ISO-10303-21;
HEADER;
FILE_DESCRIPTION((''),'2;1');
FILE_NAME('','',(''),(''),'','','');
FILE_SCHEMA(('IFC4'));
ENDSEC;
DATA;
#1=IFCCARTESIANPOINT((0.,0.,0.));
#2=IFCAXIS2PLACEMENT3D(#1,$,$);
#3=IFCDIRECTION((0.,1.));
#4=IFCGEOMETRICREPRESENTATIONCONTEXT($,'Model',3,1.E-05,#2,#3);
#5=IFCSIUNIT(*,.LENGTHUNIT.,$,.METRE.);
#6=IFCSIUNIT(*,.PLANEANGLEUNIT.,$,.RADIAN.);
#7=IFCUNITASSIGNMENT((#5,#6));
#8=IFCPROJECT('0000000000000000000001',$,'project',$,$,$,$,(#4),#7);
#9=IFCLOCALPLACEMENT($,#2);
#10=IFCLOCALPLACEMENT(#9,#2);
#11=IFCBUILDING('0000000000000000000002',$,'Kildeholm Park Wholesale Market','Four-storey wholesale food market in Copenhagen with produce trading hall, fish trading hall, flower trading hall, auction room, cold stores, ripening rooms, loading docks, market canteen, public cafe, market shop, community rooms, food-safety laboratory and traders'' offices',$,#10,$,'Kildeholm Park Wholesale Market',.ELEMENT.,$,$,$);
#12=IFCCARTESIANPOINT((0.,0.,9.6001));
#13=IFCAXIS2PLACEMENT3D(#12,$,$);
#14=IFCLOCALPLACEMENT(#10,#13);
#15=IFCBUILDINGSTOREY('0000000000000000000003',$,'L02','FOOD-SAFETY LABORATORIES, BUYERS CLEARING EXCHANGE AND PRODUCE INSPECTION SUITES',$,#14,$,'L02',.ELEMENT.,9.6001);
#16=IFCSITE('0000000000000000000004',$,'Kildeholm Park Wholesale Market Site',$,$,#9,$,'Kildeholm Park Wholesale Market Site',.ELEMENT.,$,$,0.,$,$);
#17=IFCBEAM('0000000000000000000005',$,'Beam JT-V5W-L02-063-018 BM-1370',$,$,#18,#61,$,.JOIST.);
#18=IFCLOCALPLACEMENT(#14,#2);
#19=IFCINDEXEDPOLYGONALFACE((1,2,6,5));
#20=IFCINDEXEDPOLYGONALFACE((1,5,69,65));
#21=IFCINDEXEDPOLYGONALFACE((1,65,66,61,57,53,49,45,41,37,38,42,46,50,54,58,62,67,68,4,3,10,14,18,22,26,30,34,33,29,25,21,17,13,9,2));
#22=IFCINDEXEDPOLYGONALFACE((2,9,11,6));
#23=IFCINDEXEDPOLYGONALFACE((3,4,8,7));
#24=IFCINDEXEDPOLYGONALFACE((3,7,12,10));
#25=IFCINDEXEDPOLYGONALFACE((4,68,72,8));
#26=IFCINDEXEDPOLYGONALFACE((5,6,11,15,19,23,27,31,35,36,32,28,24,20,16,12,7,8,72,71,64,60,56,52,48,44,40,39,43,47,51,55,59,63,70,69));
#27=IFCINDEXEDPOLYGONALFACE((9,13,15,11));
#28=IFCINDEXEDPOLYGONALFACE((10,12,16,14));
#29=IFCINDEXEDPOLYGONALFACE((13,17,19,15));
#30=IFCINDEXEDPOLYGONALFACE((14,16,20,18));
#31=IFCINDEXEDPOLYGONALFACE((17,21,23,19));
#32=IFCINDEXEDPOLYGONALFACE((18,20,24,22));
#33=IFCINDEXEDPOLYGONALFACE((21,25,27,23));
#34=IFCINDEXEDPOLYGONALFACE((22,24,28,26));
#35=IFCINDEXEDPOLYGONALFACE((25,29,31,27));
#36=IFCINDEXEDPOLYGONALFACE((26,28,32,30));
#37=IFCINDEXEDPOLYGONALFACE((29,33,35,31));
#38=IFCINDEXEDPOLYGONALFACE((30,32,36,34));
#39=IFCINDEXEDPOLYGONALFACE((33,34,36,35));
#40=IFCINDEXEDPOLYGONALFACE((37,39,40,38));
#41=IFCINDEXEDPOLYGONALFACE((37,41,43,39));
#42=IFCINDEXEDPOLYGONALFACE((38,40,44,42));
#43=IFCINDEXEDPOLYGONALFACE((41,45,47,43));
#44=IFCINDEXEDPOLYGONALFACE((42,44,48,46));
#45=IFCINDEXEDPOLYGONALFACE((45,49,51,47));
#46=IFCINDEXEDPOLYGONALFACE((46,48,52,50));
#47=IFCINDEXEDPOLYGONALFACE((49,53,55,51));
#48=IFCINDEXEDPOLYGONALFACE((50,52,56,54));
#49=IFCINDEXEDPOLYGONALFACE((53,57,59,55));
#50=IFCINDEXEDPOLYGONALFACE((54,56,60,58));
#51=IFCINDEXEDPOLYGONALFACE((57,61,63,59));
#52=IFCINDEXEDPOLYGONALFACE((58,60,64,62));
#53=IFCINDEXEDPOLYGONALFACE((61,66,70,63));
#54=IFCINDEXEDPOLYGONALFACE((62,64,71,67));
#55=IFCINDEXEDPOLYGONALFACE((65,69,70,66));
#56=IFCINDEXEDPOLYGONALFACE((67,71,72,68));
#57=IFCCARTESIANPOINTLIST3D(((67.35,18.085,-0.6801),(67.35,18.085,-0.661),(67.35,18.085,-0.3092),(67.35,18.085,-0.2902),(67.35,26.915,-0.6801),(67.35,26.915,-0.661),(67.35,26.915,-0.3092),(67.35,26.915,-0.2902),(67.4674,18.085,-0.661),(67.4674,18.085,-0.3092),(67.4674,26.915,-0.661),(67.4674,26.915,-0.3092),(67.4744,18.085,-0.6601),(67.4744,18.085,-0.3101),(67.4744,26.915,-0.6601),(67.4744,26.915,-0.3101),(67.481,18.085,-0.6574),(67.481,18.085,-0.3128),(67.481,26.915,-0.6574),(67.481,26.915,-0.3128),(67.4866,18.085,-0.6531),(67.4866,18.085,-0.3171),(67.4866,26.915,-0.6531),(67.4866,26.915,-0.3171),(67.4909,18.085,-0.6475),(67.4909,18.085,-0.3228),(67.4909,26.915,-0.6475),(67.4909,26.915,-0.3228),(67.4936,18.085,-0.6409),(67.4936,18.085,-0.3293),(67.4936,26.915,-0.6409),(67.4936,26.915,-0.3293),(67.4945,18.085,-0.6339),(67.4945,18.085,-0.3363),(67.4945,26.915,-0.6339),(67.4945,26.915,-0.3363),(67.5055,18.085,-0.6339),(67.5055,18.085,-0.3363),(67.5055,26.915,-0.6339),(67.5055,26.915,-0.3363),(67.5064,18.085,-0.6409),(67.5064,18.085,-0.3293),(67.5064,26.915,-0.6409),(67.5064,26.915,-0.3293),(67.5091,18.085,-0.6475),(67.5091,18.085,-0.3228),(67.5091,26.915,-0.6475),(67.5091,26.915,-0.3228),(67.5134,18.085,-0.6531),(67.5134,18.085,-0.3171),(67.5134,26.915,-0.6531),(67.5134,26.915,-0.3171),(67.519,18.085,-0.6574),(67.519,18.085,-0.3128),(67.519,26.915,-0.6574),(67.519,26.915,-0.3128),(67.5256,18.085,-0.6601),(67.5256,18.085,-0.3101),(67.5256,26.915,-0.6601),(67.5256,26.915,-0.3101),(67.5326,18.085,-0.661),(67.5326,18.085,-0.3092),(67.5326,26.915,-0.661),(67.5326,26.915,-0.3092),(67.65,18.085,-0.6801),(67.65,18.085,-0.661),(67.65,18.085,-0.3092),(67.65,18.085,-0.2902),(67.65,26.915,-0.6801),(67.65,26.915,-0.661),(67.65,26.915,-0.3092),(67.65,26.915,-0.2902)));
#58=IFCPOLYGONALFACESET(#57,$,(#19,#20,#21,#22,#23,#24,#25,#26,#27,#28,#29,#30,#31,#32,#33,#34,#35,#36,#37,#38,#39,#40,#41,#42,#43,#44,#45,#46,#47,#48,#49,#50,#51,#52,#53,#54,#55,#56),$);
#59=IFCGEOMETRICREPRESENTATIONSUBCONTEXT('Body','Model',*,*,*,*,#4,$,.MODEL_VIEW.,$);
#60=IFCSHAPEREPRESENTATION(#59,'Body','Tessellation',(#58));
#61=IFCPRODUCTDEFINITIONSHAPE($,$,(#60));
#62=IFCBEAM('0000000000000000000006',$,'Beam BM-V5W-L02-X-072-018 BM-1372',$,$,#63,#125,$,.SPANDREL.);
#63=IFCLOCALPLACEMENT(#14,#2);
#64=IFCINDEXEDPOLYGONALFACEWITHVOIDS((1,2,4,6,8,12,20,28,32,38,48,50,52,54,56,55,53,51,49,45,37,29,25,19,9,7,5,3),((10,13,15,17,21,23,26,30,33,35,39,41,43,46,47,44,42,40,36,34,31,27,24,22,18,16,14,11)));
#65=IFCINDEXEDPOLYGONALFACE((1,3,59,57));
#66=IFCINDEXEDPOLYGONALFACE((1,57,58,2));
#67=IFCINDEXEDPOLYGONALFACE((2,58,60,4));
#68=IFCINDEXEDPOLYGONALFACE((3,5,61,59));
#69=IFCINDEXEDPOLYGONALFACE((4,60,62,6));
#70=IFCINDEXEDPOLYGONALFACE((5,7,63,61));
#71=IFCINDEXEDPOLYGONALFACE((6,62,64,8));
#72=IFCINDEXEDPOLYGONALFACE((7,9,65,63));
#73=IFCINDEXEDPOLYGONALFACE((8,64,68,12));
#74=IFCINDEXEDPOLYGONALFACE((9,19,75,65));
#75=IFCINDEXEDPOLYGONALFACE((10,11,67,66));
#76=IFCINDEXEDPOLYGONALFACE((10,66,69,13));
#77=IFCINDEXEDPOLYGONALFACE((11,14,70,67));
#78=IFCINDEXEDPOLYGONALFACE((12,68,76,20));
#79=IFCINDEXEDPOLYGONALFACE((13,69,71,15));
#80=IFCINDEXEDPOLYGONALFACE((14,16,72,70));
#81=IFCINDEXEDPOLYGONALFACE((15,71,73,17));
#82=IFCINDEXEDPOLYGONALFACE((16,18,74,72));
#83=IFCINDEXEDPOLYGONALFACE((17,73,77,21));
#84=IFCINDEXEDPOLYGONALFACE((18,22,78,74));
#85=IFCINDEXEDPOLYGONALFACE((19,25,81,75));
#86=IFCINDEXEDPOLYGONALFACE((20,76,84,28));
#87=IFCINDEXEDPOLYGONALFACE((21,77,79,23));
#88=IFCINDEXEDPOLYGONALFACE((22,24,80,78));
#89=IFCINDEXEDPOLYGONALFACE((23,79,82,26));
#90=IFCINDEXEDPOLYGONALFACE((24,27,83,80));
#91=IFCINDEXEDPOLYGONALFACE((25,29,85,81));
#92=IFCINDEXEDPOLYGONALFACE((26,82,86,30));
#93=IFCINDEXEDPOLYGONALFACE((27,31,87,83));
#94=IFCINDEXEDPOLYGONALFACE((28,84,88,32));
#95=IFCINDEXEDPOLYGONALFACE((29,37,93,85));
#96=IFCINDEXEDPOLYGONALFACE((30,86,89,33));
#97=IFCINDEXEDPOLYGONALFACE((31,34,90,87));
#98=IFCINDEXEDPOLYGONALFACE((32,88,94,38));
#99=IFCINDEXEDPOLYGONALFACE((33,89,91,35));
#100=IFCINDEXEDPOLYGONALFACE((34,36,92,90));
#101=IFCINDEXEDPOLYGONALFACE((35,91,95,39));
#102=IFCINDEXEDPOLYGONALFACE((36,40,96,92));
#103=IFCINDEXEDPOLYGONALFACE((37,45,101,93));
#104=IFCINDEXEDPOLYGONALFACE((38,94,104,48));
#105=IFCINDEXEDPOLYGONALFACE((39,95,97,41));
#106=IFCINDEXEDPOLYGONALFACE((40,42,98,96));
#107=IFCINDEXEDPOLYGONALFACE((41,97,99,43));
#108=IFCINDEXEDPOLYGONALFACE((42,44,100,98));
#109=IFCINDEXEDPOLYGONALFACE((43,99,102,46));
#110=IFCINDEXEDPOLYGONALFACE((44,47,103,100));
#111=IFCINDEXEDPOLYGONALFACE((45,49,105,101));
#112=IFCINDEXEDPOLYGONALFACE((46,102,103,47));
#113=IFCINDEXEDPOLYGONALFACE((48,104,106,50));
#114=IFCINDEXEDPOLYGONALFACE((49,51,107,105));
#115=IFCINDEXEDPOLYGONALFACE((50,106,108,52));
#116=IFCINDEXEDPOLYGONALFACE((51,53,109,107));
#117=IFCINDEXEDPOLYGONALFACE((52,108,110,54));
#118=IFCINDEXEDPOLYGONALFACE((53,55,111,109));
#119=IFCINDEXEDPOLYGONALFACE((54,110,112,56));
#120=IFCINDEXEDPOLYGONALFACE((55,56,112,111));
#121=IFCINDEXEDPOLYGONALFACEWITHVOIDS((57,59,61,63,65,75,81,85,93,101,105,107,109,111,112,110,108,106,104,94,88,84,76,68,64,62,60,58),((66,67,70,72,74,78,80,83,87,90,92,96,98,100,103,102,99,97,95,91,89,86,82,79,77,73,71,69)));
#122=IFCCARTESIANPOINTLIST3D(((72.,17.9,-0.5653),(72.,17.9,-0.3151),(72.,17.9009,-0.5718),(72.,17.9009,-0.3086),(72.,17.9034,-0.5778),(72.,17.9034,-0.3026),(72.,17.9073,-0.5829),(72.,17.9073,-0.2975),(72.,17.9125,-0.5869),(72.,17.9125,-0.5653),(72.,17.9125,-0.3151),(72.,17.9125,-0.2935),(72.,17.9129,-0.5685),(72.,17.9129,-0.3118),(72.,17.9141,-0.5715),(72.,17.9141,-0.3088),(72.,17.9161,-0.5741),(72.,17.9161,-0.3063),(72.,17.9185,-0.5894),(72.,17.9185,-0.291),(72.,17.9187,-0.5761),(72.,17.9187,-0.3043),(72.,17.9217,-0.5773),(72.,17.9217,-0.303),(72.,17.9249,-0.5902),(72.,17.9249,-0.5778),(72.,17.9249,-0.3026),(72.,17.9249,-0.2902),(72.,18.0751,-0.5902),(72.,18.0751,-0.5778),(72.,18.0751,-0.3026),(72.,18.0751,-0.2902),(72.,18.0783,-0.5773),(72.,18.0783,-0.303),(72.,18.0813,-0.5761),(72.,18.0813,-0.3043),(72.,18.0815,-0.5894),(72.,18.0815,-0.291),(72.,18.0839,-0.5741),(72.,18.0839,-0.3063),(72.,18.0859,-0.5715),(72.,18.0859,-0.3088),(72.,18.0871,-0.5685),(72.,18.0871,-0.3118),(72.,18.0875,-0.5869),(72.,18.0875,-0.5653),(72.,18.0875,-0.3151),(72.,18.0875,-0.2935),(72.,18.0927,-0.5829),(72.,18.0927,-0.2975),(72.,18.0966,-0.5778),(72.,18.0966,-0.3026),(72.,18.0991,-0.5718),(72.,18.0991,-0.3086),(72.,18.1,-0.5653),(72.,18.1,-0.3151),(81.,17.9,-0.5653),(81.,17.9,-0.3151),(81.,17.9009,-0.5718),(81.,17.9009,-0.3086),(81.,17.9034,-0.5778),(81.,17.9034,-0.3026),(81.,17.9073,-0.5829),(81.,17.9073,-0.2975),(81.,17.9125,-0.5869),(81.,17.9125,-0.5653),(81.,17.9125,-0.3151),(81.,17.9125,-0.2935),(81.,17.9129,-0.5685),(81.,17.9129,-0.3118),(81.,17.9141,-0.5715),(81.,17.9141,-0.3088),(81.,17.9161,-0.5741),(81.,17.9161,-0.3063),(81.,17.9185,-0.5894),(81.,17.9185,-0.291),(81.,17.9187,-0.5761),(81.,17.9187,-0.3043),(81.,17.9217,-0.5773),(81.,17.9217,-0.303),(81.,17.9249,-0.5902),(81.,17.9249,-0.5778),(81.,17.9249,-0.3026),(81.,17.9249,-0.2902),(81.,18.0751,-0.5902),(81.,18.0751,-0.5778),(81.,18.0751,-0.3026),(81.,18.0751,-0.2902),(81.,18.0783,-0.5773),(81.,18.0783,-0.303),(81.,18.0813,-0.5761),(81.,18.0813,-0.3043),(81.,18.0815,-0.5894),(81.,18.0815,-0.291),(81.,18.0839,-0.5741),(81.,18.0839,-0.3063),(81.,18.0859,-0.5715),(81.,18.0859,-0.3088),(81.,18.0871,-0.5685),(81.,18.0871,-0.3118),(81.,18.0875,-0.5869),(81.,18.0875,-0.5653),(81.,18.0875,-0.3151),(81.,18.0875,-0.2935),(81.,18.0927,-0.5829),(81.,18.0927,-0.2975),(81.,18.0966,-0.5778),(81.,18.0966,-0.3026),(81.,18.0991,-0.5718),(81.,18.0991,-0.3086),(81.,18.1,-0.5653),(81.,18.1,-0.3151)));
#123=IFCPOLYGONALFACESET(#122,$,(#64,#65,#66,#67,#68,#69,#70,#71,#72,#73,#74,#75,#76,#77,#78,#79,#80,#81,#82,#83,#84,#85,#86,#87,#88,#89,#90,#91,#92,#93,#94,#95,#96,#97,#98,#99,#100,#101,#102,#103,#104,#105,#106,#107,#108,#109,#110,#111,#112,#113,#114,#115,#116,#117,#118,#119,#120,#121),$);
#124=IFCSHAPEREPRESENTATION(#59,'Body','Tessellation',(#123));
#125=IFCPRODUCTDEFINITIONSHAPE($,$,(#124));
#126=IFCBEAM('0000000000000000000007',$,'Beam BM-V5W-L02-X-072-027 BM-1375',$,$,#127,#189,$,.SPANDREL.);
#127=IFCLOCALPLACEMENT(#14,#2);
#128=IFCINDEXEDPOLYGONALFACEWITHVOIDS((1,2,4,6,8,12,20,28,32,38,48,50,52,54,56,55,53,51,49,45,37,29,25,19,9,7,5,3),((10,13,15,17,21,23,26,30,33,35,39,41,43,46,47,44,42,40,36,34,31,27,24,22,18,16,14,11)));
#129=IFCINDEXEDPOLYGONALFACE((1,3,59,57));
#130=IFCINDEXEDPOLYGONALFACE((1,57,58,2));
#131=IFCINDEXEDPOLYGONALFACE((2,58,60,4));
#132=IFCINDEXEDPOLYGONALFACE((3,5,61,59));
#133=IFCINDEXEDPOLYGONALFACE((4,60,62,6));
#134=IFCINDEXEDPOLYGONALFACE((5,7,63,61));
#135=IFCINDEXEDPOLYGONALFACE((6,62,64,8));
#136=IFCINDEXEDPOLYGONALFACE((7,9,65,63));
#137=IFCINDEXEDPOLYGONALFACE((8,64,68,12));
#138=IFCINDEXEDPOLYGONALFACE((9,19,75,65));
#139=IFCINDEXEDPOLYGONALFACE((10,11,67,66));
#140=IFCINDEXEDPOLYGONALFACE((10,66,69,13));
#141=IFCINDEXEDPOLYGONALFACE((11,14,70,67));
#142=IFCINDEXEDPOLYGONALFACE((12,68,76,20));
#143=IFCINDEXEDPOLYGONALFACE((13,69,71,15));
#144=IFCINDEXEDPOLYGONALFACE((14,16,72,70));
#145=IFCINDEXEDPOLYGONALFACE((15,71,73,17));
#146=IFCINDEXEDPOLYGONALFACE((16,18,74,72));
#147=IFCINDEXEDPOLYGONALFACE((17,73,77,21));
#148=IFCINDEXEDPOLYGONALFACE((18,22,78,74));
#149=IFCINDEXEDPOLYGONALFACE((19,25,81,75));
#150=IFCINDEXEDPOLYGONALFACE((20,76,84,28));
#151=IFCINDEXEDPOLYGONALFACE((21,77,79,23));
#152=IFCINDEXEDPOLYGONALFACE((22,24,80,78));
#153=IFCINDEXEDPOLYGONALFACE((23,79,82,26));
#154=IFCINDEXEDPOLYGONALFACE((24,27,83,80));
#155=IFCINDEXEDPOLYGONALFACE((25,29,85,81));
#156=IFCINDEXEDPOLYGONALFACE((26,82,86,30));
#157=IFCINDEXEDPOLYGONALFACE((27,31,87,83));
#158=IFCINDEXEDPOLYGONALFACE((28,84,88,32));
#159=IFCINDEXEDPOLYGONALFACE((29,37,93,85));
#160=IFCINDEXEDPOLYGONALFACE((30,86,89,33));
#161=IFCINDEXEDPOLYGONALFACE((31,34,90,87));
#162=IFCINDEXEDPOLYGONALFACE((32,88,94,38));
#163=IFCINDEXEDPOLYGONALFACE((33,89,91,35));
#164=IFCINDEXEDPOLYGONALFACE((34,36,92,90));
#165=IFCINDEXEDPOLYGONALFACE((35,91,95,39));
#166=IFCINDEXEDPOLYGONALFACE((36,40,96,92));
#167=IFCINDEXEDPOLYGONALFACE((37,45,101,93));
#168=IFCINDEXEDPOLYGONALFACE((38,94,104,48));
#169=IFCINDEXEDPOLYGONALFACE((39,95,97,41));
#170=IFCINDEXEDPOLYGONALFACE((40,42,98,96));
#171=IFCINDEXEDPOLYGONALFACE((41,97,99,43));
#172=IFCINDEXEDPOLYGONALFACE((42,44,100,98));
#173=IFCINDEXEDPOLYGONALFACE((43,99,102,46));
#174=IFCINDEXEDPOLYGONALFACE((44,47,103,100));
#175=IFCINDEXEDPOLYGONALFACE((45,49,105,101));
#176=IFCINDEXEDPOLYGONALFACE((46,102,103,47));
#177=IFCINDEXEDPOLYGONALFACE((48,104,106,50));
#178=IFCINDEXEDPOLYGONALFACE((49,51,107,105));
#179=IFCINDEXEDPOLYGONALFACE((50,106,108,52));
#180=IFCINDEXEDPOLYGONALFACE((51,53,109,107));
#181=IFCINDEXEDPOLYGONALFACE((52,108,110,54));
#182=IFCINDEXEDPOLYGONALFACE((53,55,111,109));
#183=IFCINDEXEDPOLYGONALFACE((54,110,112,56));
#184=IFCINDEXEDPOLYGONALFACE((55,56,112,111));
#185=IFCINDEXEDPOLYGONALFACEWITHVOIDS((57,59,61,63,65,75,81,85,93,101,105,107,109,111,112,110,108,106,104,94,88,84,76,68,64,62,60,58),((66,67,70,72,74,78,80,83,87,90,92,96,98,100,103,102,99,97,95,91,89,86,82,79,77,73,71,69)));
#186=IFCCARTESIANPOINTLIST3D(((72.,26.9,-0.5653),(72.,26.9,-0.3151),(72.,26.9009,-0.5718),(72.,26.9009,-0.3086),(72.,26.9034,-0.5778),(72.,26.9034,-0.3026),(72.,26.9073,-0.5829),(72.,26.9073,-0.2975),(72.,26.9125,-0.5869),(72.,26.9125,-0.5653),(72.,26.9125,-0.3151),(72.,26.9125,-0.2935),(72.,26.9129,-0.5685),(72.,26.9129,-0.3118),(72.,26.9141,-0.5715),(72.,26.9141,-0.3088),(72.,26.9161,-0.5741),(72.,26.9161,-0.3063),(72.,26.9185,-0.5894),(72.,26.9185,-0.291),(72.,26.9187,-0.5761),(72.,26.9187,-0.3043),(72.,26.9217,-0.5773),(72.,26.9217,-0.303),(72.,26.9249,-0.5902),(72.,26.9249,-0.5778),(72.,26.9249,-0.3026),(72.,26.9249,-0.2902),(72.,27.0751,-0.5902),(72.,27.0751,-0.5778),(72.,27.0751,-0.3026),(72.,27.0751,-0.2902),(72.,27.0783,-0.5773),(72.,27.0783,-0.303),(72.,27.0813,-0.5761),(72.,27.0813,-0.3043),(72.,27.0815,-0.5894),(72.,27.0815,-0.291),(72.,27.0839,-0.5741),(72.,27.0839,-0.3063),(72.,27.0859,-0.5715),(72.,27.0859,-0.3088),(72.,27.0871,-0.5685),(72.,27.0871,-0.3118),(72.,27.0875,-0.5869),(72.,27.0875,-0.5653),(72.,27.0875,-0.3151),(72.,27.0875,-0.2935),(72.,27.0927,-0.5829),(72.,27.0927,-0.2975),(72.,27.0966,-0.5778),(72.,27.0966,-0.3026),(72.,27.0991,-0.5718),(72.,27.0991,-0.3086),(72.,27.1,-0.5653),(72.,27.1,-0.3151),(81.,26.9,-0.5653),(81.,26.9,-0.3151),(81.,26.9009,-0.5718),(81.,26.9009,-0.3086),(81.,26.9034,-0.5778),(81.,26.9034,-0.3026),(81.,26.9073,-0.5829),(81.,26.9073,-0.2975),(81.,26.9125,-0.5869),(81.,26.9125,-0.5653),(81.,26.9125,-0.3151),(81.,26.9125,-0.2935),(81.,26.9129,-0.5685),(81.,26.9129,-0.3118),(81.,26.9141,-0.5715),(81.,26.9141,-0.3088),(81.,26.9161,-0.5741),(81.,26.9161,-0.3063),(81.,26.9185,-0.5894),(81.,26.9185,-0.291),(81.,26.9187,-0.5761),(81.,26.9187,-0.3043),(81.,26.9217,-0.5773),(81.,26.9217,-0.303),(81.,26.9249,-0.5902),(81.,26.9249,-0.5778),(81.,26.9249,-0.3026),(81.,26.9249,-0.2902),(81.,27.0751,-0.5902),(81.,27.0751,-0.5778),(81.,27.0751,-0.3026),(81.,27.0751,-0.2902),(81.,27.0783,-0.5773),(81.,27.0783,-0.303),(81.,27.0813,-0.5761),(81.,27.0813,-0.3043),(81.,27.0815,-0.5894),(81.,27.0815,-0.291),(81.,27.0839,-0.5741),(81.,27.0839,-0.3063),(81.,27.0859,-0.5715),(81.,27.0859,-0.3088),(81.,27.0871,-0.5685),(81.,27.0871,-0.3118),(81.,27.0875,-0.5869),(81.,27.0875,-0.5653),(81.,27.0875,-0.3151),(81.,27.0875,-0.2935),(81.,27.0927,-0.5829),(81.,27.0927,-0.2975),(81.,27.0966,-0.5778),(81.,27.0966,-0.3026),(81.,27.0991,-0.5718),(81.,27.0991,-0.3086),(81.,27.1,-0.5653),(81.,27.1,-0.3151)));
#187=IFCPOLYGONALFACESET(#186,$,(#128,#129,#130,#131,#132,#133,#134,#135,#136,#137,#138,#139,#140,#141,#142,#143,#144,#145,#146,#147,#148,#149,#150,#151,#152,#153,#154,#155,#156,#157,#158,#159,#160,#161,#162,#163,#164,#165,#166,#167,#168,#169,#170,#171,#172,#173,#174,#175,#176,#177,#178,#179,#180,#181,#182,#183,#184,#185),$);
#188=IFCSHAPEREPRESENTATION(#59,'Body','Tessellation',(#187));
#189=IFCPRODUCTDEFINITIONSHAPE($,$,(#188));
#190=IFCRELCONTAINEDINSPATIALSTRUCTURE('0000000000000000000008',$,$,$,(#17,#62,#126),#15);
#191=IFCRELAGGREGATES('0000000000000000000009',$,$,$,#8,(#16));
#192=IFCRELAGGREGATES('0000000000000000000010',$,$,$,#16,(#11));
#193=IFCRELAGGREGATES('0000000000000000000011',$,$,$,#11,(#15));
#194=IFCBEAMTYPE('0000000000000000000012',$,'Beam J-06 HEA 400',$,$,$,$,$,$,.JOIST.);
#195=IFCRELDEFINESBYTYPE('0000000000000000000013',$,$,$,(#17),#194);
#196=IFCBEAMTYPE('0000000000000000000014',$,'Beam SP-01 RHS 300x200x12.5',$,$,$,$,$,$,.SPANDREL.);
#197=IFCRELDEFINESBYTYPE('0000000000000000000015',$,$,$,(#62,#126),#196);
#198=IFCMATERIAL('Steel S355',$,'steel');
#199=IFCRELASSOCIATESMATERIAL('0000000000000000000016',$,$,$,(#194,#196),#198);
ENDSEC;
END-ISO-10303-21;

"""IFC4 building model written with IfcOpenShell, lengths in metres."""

from ifc_helpers import new_model, si_unit, direction, frame, origin, origin_2d, place, context, subcontext, project, spatial, hollow_rectangle, i_section, extrude, material, material_profile, profile_set, type_object, element, save


model = new_model("IFC4")

# Units and contexts
model_context = context("Model", 3, precision=1e-05, world=origin(), true_north=direction((0.0, 1.0)))
body_context = subcontext(model_context, "Body", "Model", "MODEL_VIEW")
ifc_project = project(units=[si_unit("LENGTHUNIT", "METRE"), si_unit("PLANEANGLEUNIT", "RADIAN")], contexts=[model_context])

# Site, building, storey
site_placement = place(None, origin())
site = spatial("IfcSite", under=ifc_project, at=site_placement, Name="Kildeholm Park Wholesale Market Site", LongName="Kildeholm Park Wholesale Market Site", CompositionType="ELEMENT", RefElevation=0.0)
building_placement = place(site_placement, origin())
building = spatial("IfcBuilding", under=site, at=building_placement, Name="Kildeholm Park Wholesale Market", Description="Four-storey wholesale food market in Copenhagen with produce trading hall, fish trading hall, flower trading hall, auction room, cold stores, ripening rooms, loading docks, market canteen, public cafe, market shop, community rooms, food-safety laboratory and traders' offices", LongName="Kildeholm Park Wholesale Market", CompositionType="ELEMENT")
storey_placement = place(building_placement, frame((0.0, 0.0, 9.6001)))
storey = spatial("IfcBuildingStorey", under=building, at=storey_placement, Name="L02", Description="FOOD-SAFETY LABORATORIES, BUYERS CLEARING EXCHANGE AND PRODUCE INSPECTION SUITES", LongName="L02", CompositionType="ELEMENT", Elevation=9.6001)

# Shared definitions
ifc_material_1 = material(Name="Steel S355", Category="steel")

# Beams
ifc_material_profile_1 = material_profile(ifc_material_1, i_section(OverallWidth=0.3, OverallDepth=0.3899, WebThickness=0.011, FlangeThickness=0.019, FilletRadius=0.0271, at=origin_2d()), Name="HEA 400")
ifc_profile_set_1 = profile_set([ifc_material_profile_1], Name="Steel S355")
beam_type_1 = type_object("IfcBeamType", Name="Beam J-06 HEA 400", PredefinedType="JOIST", material=ifc_profile_set_1)
beam_1_placement = place(storey_placement, frame((67.5, 18.085, -0.4851), z_axis=(0.0, 1.0, 0.0), x_axis=(-1.0, 0.0, 0.0)))
element("IfcBeam", 1, at=beam_1_placement, inside=storey, type_object=beam_type_1, Name="Beam JT-V5W-L02-063-018 BM-1370", PredefinedType="JOIST", context=body_context, shape_type="SweptSolid", body=[
    extrude(i_section(OverallWidth=0.3, OverallDepth=0.3899, WebThickness=0.011, FlangeThickness=0.019, FilletRadius=0.0271, at=origin_2d()), origin(), (0.0, 0.0, 1.0), 8.8301),
])
ifc_material_profile_2 = material_profile(ifc_material_1, hollow_rectangle(XDim=0.2, YDim=0.3, WallThickness=0.0125, InnerFilletRadius=0.0125, OuterFilletRadius=0.0249, at=origin_2d()), Name="RHS 300x200x12.5")
ifc_profile_set_2 = profile_set([ifc_material_profile_2], Name="Steel S355")
beam_type_2 = type_object("IfcBeamType", Name="Beam SP-01 RHS 300x200x12.5", PredefinedType="SPANDREL", material=ifc_profile_set_2)
for number, where, z_axis, x_axis, name in (
    (2, (72.0, 18.0, -0.4402), (1.0, 0.0, 0.0), (0.0, 1.0, 0.0), "Beam BM-V5W-L02-X-072-018 BM-1372"),
    (3, (72.0, 27.0, -0.4402), (1.0, 0.0, 0.0), (0.0, 1.0, 0.0), "Beam BM-V5W-L02-X-072-027 BM-1375"),
):
    element("IfcBeam", number, at=place(storey_placement, frame(where, z_axis=z_axis, x_axis=x_axis)), inside=storey, type_object=beam_type_2, Name=name, PredefinedType="SPANDREL", context=body_context, shape_type="SweptSolid", body=[
        extrude(hollow_rectangle(XDim=0.2, YDim=0.3, WallThickness=0.0125, InnerFilletRadius=0.0125, OuterFilletRadius=0.0249, at=origin_2d()), origin(), (0.0, 0.0, 1.0), 9.0),
    ])

save(model, "model.ifc")
